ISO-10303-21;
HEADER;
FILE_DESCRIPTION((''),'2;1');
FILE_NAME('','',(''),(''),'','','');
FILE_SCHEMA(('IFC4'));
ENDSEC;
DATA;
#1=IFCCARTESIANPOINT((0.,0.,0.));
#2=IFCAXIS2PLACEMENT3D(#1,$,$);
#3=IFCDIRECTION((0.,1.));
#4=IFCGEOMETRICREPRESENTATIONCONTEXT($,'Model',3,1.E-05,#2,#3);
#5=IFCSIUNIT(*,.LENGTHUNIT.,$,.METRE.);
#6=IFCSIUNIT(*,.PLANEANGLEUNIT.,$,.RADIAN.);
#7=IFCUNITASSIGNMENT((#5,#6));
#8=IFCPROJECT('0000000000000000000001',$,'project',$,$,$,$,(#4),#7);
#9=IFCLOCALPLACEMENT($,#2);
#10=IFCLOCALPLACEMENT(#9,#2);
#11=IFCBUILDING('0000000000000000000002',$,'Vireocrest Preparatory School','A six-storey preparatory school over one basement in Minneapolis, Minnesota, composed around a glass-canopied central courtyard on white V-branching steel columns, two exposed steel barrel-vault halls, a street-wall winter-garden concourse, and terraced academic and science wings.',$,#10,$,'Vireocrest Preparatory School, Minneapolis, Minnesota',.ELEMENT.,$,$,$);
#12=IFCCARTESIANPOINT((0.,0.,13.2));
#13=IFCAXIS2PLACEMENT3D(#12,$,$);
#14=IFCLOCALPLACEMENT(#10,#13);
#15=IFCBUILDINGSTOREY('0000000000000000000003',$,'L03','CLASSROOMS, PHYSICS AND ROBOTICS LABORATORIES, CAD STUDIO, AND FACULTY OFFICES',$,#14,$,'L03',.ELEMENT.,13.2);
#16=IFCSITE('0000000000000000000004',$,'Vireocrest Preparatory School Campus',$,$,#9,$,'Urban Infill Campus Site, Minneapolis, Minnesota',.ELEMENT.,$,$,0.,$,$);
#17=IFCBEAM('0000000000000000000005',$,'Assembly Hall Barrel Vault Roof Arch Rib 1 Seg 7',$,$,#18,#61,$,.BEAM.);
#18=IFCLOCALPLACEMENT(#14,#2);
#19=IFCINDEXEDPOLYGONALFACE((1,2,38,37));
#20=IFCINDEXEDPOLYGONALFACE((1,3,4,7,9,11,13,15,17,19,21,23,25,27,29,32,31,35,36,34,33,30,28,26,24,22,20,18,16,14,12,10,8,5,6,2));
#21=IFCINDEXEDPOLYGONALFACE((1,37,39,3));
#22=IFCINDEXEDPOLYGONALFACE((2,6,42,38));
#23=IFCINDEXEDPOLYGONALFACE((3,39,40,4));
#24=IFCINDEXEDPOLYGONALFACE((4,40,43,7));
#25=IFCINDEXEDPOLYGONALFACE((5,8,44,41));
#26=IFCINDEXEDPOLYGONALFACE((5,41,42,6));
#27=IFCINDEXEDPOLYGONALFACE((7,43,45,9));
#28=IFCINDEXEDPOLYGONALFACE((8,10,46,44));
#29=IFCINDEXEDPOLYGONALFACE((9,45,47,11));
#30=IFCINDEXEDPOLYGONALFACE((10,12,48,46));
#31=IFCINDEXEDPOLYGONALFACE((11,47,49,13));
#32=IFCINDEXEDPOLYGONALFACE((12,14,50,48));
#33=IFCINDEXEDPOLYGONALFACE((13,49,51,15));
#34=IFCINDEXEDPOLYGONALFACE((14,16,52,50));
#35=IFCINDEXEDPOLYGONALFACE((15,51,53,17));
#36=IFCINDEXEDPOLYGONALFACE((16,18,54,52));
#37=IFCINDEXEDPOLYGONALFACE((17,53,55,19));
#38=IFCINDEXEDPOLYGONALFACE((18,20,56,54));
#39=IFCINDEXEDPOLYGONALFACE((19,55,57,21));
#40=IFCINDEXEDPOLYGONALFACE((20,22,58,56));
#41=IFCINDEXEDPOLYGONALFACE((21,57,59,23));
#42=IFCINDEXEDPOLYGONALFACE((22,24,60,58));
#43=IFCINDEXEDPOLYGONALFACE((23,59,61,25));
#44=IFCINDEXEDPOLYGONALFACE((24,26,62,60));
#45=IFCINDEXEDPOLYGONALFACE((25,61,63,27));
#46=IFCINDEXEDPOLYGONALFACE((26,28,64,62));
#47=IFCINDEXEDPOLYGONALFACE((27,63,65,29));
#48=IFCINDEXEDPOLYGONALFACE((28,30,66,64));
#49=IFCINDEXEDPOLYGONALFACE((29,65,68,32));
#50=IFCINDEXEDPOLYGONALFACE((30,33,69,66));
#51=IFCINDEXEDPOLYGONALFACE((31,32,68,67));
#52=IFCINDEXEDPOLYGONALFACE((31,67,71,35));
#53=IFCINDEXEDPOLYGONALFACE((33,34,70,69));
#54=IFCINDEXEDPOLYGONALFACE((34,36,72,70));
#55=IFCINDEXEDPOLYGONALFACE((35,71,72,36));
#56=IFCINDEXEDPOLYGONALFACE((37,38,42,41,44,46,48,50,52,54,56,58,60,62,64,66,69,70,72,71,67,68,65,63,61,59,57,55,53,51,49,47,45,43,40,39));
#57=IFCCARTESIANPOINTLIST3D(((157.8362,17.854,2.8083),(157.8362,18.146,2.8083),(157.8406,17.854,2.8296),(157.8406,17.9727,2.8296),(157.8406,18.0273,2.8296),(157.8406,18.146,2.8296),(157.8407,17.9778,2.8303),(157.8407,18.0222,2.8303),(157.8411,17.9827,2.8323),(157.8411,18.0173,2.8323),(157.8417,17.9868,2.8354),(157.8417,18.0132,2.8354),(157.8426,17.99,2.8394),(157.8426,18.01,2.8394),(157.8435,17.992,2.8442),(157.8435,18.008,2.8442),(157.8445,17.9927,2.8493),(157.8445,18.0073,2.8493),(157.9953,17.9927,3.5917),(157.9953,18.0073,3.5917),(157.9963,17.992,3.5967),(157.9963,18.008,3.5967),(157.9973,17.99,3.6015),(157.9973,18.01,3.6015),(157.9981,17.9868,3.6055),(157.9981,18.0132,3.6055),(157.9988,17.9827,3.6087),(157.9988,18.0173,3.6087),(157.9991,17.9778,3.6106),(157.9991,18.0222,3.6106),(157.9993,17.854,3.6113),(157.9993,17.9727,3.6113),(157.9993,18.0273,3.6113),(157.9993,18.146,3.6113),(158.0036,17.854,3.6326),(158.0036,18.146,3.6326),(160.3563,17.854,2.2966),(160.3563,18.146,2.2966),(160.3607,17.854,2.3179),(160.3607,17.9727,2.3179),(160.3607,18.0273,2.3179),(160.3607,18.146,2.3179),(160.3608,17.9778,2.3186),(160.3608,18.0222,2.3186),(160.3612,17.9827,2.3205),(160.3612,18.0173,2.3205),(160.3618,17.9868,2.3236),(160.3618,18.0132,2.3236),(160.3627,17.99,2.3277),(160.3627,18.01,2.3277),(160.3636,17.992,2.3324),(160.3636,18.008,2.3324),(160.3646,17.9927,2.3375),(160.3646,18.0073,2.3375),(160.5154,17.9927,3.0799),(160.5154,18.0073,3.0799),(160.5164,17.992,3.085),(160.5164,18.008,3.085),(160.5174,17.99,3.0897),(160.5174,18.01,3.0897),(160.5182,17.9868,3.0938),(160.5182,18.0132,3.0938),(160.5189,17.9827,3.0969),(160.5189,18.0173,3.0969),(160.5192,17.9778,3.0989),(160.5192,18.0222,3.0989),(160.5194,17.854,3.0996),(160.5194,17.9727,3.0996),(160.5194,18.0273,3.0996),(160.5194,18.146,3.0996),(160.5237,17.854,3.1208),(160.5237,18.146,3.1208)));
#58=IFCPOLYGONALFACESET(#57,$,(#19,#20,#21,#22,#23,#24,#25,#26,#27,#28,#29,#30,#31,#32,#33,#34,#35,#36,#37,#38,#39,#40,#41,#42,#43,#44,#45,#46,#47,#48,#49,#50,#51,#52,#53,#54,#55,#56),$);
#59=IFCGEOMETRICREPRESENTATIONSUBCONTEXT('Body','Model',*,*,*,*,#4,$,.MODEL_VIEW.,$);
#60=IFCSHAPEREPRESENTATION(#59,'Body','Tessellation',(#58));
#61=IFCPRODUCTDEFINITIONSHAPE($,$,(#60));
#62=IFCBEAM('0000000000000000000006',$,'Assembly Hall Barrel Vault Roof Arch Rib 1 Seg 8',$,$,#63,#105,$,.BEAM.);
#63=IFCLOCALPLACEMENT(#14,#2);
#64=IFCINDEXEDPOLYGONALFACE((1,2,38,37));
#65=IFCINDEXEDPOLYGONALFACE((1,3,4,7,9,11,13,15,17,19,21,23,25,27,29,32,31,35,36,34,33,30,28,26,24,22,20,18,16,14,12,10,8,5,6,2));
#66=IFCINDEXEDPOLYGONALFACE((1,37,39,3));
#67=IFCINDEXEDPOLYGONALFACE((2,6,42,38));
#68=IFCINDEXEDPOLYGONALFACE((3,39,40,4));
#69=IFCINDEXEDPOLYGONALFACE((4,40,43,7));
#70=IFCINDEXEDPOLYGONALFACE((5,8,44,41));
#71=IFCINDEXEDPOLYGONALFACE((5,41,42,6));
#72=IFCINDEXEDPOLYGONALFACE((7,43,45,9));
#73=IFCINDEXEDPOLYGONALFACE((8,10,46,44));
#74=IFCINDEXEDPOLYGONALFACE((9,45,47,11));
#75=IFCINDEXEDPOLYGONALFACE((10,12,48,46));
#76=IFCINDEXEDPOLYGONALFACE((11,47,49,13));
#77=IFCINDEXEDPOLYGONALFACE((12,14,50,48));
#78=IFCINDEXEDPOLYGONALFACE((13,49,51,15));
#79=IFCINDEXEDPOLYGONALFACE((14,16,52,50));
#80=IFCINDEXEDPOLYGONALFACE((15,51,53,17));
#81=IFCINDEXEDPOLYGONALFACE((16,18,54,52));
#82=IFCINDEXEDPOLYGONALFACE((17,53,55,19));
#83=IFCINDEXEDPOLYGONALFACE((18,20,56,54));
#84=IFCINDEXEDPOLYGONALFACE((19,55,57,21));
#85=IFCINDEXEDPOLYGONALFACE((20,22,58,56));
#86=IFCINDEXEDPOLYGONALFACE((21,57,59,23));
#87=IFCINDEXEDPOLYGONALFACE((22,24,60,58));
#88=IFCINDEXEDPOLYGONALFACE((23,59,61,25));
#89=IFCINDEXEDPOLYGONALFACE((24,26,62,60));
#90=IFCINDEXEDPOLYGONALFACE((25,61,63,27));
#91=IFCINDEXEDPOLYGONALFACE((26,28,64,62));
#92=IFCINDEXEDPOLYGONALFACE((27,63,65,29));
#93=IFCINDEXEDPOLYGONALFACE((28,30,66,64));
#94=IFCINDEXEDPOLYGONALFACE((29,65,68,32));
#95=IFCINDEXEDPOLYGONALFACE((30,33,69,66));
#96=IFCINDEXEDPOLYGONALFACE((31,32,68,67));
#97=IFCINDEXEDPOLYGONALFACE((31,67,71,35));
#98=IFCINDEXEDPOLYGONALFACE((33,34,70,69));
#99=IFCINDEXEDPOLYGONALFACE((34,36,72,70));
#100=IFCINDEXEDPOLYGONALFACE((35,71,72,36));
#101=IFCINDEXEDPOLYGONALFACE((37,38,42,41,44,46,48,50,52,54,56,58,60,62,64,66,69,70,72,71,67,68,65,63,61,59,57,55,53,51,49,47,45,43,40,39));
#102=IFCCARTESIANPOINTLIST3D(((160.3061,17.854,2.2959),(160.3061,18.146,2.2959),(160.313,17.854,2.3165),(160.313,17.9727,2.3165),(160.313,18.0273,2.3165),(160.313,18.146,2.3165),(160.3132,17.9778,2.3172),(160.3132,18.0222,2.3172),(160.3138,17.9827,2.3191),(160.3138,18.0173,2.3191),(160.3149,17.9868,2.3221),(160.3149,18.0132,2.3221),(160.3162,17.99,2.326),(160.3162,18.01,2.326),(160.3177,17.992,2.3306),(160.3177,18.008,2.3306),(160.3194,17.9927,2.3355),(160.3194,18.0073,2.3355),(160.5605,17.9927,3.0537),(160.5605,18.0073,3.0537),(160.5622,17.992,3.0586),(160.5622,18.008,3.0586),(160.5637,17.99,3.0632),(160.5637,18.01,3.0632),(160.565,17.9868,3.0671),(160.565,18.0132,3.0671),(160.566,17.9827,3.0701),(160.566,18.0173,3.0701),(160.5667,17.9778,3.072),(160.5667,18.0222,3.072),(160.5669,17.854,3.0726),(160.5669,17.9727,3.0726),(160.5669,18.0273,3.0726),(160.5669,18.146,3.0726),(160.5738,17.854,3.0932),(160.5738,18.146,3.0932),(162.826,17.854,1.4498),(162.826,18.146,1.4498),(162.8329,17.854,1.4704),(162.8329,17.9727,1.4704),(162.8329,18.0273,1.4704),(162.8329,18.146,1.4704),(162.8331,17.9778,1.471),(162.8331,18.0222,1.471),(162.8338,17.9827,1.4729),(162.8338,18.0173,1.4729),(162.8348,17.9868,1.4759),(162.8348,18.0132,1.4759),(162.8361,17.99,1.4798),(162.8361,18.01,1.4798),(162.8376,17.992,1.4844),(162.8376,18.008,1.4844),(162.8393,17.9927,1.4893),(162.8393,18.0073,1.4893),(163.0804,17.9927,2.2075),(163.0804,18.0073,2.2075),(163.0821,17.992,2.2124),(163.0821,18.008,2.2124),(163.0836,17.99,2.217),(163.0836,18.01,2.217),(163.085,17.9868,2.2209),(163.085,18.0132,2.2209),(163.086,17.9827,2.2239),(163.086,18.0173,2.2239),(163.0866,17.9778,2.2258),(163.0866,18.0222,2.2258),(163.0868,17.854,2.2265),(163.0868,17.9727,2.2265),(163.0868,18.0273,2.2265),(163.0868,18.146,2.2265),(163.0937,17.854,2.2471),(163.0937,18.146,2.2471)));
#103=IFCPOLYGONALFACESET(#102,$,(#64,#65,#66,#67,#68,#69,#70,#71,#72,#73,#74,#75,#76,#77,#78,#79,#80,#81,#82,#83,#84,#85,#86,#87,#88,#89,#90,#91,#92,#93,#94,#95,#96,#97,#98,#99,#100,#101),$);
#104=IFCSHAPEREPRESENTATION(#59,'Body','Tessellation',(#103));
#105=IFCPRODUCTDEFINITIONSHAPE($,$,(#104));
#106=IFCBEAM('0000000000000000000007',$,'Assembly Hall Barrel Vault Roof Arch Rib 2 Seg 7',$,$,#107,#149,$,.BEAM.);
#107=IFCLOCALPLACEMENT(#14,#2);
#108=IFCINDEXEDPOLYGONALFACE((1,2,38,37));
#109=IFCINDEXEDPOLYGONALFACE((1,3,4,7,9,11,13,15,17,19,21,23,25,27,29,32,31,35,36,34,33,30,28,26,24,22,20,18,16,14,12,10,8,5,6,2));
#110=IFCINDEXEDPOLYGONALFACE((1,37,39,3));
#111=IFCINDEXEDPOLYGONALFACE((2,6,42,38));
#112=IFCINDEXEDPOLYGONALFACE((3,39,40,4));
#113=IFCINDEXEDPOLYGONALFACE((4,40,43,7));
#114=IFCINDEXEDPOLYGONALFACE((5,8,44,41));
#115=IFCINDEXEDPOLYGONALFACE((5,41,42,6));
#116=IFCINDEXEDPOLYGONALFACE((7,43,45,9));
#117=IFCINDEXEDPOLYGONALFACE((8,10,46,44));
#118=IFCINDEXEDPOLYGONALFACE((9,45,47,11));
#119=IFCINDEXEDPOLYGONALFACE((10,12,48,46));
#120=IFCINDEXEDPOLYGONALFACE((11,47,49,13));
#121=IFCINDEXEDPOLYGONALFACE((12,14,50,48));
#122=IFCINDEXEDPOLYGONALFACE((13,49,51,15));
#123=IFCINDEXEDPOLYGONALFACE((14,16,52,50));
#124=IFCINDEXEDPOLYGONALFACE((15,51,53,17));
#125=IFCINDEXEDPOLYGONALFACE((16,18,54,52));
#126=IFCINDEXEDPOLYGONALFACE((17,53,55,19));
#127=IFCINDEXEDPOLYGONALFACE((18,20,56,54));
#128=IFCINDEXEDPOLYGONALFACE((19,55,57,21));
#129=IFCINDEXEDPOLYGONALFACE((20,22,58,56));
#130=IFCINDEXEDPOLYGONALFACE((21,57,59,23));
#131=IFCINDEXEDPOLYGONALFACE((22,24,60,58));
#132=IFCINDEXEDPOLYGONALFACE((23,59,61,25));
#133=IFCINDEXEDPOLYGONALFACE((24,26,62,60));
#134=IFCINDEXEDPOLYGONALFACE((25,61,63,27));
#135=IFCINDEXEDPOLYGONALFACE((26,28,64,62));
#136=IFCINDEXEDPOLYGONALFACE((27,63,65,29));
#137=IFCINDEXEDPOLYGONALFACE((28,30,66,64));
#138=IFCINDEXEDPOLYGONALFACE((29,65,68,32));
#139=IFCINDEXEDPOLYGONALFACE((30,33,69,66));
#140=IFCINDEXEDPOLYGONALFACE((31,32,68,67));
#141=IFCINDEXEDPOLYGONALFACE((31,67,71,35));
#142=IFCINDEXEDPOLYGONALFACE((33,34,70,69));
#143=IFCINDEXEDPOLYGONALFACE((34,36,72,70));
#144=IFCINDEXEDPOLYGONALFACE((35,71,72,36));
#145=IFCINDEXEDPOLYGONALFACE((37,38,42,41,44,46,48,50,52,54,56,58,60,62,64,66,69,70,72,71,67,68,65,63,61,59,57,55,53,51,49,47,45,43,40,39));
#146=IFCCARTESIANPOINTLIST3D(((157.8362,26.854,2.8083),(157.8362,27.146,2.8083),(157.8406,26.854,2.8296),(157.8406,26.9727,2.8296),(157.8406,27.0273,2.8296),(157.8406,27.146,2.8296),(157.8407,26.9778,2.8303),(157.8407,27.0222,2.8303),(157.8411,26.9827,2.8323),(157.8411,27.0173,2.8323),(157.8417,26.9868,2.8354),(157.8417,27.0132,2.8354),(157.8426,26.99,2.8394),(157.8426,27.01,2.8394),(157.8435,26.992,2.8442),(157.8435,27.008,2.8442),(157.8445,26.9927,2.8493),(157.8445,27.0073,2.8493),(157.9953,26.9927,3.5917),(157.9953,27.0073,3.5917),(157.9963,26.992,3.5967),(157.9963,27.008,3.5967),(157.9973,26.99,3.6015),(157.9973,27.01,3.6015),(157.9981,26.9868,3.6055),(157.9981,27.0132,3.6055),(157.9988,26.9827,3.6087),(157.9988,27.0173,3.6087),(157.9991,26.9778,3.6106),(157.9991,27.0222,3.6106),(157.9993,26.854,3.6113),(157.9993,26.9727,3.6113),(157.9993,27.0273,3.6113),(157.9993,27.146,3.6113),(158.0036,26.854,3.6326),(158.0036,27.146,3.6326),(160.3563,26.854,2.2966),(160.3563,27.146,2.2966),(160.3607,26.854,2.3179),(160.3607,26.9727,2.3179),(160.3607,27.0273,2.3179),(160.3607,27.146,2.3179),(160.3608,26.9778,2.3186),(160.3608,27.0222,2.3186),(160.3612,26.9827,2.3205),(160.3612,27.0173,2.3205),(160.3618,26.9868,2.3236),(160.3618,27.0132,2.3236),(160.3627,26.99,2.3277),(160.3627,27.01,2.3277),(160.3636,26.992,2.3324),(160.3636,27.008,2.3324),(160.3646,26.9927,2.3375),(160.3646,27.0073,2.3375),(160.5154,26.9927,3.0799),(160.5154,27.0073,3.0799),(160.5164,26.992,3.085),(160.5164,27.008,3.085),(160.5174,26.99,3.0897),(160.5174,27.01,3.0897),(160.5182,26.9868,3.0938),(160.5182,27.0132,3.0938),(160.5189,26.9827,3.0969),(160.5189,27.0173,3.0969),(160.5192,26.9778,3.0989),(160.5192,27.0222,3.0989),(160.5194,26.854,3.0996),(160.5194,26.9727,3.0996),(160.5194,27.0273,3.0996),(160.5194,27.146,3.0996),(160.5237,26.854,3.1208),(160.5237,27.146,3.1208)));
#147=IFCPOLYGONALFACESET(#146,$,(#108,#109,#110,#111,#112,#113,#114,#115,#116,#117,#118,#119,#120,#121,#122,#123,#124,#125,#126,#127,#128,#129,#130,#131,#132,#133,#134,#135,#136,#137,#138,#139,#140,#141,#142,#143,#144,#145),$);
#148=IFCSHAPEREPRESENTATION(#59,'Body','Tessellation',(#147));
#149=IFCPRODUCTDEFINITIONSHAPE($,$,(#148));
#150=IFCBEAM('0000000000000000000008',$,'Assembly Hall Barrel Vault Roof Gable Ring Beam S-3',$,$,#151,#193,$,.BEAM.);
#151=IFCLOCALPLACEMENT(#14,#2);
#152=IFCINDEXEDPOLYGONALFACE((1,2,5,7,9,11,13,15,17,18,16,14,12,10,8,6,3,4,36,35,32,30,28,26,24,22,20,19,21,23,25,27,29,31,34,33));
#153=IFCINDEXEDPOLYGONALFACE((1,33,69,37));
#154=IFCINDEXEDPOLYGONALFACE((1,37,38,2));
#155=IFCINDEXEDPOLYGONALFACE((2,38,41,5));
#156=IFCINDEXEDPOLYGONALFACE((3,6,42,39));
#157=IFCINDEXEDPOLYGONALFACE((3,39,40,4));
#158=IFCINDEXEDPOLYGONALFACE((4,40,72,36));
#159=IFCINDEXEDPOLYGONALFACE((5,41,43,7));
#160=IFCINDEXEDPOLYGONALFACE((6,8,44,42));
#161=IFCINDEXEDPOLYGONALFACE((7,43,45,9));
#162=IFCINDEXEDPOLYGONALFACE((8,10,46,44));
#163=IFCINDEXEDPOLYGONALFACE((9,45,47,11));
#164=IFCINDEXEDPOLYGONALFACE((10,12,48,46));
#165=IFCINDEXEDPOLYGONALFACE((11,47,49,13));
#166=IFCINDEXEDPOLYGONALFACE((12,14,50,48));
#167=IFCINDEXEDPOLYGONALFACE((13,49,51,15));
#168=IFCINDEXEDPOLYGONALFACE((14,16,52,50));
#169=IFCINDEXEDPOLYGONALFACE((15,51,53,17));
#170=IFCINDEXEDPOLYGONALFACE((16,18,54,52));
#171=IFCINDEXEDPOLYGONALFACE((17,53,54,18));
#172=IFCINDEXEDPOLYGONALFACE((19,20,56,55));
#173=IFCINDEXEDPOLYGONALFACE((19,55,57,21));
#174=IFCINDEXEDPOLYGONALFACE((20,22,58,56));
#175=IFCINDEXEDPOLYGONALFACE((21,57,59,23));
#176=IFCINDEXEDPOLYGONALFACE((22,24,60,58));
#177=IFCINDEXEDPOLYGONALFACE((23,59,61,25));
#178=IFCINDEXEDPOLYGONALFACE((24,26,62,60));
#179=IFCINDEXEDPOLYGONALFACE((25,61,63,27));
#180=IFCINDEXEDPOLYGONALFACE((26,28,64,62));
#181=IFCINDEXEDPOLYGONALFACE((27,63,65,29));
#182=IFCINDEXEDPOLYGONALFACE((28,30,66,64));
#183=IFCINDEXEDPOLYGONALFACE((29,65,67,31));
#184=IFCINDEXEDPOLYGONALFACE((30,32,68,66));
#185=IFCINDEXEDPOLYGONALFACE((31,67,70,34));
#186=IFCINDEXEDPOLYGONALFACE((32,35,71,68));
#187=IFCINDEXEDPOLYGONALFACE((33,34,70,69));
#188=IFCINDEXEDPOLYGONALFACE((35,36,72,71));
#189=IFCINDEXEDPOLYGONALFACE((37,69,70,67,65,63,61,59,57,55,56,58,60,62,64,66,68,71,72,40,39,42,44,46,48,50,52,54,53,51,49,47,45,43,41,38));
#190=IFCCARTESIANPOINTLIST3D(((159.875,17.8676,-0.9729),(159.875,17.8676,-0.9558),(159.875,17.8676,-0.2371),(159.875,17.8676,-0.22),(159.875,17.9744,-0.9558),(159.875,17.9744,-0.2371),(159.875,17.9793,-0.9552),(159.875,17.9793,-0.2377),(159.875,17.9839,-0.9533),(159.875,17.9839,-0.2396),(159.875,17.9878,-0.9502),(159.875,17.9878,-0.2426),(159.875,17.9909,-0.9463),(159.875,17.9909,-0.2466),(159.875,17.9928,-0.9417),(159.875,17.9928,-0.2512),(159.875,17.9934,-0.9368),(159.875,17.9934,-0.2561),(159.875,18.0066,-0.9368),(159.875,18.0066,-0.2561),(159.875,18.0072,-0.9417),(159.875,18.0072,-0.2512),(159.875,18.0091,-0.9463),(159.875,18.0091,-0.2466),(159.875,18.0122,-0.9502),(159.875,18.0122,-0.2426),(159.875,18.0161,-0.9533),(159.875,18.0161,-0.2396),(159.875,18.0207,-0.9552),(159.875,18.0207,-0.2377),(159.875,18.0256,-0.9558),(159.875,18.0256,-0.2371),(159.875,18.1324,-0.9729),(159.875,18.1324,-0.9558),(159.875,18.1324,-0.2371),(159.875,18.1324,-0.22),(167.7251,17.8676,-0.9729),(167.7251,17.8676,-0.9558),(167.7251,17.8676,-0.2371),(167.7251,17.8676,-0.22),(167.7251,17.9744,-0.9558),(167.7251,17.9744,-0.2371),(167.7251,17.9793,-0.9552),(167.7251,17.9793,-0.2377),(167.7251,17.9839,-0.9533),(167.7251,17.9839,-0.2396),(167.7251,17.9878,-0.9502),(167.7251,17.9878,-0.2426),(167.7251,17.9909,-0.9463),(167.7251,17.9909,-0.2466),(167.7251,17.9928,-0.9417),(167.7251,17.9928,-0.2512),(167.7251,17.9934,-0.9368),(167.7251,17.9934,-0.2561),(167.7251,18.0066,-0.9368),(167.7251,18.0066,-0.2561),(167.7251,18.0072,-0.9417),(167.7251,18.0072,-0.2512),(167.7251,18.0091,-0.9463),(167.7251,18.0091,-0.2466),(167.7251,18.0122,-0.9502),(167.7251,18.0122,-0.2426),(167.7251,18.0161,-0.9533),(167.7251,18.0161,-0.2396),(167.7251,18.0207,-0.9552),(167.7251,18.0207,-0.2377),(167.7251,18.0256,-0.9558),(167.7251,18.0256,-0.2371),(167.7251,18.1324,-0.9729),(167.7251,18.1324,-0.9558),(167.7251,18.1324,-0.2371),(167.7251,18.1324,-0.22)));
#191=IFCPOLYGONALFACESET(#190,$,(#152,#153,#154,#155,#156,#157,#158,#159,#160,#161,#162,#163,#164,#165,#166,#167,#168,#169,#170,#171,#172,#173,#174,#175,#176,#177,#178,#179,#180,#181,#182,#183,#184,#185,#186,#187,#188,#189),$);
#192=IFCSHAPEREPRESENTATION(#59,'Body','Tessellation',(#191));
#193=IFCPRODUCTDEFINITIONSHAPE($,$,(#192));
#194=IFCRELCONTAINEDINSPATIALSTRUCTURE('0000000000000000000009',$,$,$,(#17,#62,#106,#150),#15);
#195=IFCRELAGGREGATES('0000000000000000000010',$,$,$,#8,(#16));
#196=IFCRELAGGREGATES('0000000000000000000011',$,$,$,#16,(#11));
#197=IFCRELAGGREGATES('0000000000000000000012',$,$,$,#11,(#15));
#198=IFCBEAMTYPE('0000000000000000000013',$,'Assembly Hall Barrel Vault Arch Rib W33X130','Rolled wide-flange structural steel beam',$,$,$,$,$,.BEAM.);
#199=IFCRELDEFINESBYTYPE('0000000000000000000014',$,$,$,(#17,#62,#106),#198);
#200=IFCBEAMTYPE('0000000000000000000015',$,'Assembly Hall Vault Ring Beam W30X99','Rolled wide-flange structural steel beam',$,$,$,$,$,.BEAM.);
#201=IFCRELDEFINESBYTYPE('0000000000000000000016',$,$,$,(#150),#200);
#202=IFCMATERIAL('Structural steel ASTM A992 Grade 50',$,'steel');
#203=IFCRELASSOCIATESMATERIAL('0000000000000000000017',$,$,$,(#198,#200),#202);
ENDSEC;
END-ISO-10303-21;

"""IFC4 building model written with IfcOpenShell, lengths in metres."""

from ifc_helpers import new_model, si_unit, direction, frame, origin, origin_2d, place, context, subcontext, project, spatial, i_section, extrude, material, material_profile, profile_set, type_object, element, save


model = new_model("IFC4")

# Units and contexts
model_context = context("Model", 3, precision=1e-05, world=origin(), true_north=direction((0.0, 1.0)))
body_context = subcontext(model_context, "Body", "Model", "MODEL_VIEW")
ifc_project = project(units=[si_unit("LENGTHUNIT", "METRE"), si_unit("PLANEANGLEUNIT", "RADIAN")], contexts=[model_context])

# Site, building, storey
site_placement = place(None, origin())
site = spatial("IfcSite", under=ifc_project, at=site_placement, Name="Vireocrest Preparatory School Campus", LongName="Urban Infill Campus Site, Minneapolis, Minnesota", CompositionType="ELEMENT", RefElevation=0.0)
building_placement = place(site_placement, origin())
building = spatial("IfcBuilding", under=site, at=building_placement, Name="Vireocrest Preparatory School", Description="A six-storey preparatory school over one basement in Minneapolis, Minnesota, composed around a glass-canopied central courtyard on white V-branching steel columns, two exposed steel barrel-vault halls, a street-wall winter-garden concourse, and terraced academic and science wings.", LongName="Vireocrest Preparatory School, Minneapolis, Minnesota", CompositionType="ELEMENT")
storey_placement = place(building_placement, frame((0.0, 0.0, 13.2)))
storey = spatial("IfcBuildingStorey", under=building, at=storey_placement, Name="L03", Description="CLASSROOMS, PHYSICS AND ROBOTICS LABORATORIES, CAD STUDIO, AND FACULTY OFFICES", LongName="L03", CompositionType="ELEMENT", Elevation=13.2)

# Beams
ifc_material_1 = material(Name="Structural steel ASTM A992 Grade 50", Category="steel")
ifc_material_profile_1 = material_profile(ifc_material_1, i_section(OverallWidth=0.292, OverallDepth=0.8411, WebThickness=0.0146, FlangeThickness=0.0217, FilletRadius=0.02, at=origin_2d()), Name="W33X130")
ifc_profile_set_1 = profile_set([ifc_material_profile_1], Name="Structural steel ASTM A992 Grade 50")
beam_type_1 = type_object("IfcBeamType", Name="Assembly Hall Barrel Vault Arch Rib W33X130", Description="Rolled wide-flange structural steel beam", PredefinedType="BEAM", material=ifc_profile_set_1)
beam_1_placement = place(storey_placement, frame((157.9199, 18.0, 3.2205), z_axis=(0.979999, 0.0, -0.199), x_axis=(0.0, 1.0, 0.0)))
element("IfcBeam", 1, at=beam_1_placement, inside=storey, type_object=beam_type_1, Name="Assembly Hall Barrel Vault Roof Arch Rib 1 Seg 7", PredefinedType="BEAM", context=body_context, shape_type="SweptSolid", body=[
    extrude(i_section(OverallWidth=0.292, OverallDepth=0.8411, WebThickness=0.0146, FlangeThickness=0.0217, FilletRadius=0.02, at=origin_2d()), origin(), (0.0, 0.0, 1.0), 2.5715),
])
beam_2_placement = place(storey_placement, frame((160.4399, 18.0, 2.6946), z_axis=(0.947983, 0.0, -0.318321), x_axis=(0.0, 1.0, 0.0)))
element("IfcBeam", 2, at=beam_2_placement, inside=storey, type_object=beam_type_1, Name="Assembly Hall Barrel Vault Roof Arch Rib 1 Seg 8", PredefinedType="BEAM", context=body_context, shape_type="SweptSolid", body=[
    extrude(i_section(OverallWidth=0.292, OverallDepth=0.8411, WebThickness=0.0146, FlangeThickness=0.0217, FilletRadius=0.02, at=origin_2d()), origin(), (0.0, 0.0, 1.0), 2.6582),
])
beam_3_placement = place(storey_placement, frame((157.9199, 27.0, 3.2205), z_axis=(0.979999, 0.0, -0.199), x_axis=(0.0, 1.0, 0.0)))
element("IfcBeam", 3, at=beam_3_placement, inside=storey, type_object=beam_type_1, Name="Assembly Hall Barrel Vault Roof Arch Rib 2 Seg 7", PredefinedType="BEAM", context=body_context, shape_type="SweptSolid", body=[
    extrude(i_section(OverallWidth=0.292, OverallDepth=0.8411, WebThickness=0.0146, FlangeThickness=0.0217, FilletRadius=0.02, at=origin_2d()), origin(), (0.0, 0.0, 1.0), 2.5715),
])
ifc_material_profile_2 = material_profile(ifc_material_1, i_section(OverallWidth=0.2649, OverallDepth=0.7529, WebThickness=0.0132, FlangeThickness=0.0171, FilletRadius=0.019, at=origin_2d()), Name="W30X99")
ifc_profile_set_2 = profile_set([ifc_material_profile_2], Name="Structural steel ASTM A992 Grade 50")
beam_type_2 = type_object("IfcBeamType", Name="Assembly Hall Vault Ring Beam W30X99", Description="Rolled wide-flange structural steel beam", PredefinedType="BEAM", material=ifc_profile_set_2)
beam_4_placement = place(storey_placement, frame((159.875, 18.0, -0.5964), z_axis=(1.0, 0.0, 0.0), x_axis=(0.0, 1.0, 0.0)))
element("IfcBeam", 4, at=beam_4_placement, inside=storey, type_object=beam_type_2, Name="Assembly Hall Barrel Vault Roof Gable Ring Beam S-3", PredefinedType="BEAM", context=body_context, shape_type="SweptSolid", body=[
    extrude(i_section(OverallWidth=0.2649, OverallDepth=0.7529, WebThickness=0.0132, FlangeThickness=0.0171, FilletRadius=0.019, at=origin_2d()), origin(), (0.0, 0.0, 1.0), 7.8501),
])

save(model, "model.ifc")
